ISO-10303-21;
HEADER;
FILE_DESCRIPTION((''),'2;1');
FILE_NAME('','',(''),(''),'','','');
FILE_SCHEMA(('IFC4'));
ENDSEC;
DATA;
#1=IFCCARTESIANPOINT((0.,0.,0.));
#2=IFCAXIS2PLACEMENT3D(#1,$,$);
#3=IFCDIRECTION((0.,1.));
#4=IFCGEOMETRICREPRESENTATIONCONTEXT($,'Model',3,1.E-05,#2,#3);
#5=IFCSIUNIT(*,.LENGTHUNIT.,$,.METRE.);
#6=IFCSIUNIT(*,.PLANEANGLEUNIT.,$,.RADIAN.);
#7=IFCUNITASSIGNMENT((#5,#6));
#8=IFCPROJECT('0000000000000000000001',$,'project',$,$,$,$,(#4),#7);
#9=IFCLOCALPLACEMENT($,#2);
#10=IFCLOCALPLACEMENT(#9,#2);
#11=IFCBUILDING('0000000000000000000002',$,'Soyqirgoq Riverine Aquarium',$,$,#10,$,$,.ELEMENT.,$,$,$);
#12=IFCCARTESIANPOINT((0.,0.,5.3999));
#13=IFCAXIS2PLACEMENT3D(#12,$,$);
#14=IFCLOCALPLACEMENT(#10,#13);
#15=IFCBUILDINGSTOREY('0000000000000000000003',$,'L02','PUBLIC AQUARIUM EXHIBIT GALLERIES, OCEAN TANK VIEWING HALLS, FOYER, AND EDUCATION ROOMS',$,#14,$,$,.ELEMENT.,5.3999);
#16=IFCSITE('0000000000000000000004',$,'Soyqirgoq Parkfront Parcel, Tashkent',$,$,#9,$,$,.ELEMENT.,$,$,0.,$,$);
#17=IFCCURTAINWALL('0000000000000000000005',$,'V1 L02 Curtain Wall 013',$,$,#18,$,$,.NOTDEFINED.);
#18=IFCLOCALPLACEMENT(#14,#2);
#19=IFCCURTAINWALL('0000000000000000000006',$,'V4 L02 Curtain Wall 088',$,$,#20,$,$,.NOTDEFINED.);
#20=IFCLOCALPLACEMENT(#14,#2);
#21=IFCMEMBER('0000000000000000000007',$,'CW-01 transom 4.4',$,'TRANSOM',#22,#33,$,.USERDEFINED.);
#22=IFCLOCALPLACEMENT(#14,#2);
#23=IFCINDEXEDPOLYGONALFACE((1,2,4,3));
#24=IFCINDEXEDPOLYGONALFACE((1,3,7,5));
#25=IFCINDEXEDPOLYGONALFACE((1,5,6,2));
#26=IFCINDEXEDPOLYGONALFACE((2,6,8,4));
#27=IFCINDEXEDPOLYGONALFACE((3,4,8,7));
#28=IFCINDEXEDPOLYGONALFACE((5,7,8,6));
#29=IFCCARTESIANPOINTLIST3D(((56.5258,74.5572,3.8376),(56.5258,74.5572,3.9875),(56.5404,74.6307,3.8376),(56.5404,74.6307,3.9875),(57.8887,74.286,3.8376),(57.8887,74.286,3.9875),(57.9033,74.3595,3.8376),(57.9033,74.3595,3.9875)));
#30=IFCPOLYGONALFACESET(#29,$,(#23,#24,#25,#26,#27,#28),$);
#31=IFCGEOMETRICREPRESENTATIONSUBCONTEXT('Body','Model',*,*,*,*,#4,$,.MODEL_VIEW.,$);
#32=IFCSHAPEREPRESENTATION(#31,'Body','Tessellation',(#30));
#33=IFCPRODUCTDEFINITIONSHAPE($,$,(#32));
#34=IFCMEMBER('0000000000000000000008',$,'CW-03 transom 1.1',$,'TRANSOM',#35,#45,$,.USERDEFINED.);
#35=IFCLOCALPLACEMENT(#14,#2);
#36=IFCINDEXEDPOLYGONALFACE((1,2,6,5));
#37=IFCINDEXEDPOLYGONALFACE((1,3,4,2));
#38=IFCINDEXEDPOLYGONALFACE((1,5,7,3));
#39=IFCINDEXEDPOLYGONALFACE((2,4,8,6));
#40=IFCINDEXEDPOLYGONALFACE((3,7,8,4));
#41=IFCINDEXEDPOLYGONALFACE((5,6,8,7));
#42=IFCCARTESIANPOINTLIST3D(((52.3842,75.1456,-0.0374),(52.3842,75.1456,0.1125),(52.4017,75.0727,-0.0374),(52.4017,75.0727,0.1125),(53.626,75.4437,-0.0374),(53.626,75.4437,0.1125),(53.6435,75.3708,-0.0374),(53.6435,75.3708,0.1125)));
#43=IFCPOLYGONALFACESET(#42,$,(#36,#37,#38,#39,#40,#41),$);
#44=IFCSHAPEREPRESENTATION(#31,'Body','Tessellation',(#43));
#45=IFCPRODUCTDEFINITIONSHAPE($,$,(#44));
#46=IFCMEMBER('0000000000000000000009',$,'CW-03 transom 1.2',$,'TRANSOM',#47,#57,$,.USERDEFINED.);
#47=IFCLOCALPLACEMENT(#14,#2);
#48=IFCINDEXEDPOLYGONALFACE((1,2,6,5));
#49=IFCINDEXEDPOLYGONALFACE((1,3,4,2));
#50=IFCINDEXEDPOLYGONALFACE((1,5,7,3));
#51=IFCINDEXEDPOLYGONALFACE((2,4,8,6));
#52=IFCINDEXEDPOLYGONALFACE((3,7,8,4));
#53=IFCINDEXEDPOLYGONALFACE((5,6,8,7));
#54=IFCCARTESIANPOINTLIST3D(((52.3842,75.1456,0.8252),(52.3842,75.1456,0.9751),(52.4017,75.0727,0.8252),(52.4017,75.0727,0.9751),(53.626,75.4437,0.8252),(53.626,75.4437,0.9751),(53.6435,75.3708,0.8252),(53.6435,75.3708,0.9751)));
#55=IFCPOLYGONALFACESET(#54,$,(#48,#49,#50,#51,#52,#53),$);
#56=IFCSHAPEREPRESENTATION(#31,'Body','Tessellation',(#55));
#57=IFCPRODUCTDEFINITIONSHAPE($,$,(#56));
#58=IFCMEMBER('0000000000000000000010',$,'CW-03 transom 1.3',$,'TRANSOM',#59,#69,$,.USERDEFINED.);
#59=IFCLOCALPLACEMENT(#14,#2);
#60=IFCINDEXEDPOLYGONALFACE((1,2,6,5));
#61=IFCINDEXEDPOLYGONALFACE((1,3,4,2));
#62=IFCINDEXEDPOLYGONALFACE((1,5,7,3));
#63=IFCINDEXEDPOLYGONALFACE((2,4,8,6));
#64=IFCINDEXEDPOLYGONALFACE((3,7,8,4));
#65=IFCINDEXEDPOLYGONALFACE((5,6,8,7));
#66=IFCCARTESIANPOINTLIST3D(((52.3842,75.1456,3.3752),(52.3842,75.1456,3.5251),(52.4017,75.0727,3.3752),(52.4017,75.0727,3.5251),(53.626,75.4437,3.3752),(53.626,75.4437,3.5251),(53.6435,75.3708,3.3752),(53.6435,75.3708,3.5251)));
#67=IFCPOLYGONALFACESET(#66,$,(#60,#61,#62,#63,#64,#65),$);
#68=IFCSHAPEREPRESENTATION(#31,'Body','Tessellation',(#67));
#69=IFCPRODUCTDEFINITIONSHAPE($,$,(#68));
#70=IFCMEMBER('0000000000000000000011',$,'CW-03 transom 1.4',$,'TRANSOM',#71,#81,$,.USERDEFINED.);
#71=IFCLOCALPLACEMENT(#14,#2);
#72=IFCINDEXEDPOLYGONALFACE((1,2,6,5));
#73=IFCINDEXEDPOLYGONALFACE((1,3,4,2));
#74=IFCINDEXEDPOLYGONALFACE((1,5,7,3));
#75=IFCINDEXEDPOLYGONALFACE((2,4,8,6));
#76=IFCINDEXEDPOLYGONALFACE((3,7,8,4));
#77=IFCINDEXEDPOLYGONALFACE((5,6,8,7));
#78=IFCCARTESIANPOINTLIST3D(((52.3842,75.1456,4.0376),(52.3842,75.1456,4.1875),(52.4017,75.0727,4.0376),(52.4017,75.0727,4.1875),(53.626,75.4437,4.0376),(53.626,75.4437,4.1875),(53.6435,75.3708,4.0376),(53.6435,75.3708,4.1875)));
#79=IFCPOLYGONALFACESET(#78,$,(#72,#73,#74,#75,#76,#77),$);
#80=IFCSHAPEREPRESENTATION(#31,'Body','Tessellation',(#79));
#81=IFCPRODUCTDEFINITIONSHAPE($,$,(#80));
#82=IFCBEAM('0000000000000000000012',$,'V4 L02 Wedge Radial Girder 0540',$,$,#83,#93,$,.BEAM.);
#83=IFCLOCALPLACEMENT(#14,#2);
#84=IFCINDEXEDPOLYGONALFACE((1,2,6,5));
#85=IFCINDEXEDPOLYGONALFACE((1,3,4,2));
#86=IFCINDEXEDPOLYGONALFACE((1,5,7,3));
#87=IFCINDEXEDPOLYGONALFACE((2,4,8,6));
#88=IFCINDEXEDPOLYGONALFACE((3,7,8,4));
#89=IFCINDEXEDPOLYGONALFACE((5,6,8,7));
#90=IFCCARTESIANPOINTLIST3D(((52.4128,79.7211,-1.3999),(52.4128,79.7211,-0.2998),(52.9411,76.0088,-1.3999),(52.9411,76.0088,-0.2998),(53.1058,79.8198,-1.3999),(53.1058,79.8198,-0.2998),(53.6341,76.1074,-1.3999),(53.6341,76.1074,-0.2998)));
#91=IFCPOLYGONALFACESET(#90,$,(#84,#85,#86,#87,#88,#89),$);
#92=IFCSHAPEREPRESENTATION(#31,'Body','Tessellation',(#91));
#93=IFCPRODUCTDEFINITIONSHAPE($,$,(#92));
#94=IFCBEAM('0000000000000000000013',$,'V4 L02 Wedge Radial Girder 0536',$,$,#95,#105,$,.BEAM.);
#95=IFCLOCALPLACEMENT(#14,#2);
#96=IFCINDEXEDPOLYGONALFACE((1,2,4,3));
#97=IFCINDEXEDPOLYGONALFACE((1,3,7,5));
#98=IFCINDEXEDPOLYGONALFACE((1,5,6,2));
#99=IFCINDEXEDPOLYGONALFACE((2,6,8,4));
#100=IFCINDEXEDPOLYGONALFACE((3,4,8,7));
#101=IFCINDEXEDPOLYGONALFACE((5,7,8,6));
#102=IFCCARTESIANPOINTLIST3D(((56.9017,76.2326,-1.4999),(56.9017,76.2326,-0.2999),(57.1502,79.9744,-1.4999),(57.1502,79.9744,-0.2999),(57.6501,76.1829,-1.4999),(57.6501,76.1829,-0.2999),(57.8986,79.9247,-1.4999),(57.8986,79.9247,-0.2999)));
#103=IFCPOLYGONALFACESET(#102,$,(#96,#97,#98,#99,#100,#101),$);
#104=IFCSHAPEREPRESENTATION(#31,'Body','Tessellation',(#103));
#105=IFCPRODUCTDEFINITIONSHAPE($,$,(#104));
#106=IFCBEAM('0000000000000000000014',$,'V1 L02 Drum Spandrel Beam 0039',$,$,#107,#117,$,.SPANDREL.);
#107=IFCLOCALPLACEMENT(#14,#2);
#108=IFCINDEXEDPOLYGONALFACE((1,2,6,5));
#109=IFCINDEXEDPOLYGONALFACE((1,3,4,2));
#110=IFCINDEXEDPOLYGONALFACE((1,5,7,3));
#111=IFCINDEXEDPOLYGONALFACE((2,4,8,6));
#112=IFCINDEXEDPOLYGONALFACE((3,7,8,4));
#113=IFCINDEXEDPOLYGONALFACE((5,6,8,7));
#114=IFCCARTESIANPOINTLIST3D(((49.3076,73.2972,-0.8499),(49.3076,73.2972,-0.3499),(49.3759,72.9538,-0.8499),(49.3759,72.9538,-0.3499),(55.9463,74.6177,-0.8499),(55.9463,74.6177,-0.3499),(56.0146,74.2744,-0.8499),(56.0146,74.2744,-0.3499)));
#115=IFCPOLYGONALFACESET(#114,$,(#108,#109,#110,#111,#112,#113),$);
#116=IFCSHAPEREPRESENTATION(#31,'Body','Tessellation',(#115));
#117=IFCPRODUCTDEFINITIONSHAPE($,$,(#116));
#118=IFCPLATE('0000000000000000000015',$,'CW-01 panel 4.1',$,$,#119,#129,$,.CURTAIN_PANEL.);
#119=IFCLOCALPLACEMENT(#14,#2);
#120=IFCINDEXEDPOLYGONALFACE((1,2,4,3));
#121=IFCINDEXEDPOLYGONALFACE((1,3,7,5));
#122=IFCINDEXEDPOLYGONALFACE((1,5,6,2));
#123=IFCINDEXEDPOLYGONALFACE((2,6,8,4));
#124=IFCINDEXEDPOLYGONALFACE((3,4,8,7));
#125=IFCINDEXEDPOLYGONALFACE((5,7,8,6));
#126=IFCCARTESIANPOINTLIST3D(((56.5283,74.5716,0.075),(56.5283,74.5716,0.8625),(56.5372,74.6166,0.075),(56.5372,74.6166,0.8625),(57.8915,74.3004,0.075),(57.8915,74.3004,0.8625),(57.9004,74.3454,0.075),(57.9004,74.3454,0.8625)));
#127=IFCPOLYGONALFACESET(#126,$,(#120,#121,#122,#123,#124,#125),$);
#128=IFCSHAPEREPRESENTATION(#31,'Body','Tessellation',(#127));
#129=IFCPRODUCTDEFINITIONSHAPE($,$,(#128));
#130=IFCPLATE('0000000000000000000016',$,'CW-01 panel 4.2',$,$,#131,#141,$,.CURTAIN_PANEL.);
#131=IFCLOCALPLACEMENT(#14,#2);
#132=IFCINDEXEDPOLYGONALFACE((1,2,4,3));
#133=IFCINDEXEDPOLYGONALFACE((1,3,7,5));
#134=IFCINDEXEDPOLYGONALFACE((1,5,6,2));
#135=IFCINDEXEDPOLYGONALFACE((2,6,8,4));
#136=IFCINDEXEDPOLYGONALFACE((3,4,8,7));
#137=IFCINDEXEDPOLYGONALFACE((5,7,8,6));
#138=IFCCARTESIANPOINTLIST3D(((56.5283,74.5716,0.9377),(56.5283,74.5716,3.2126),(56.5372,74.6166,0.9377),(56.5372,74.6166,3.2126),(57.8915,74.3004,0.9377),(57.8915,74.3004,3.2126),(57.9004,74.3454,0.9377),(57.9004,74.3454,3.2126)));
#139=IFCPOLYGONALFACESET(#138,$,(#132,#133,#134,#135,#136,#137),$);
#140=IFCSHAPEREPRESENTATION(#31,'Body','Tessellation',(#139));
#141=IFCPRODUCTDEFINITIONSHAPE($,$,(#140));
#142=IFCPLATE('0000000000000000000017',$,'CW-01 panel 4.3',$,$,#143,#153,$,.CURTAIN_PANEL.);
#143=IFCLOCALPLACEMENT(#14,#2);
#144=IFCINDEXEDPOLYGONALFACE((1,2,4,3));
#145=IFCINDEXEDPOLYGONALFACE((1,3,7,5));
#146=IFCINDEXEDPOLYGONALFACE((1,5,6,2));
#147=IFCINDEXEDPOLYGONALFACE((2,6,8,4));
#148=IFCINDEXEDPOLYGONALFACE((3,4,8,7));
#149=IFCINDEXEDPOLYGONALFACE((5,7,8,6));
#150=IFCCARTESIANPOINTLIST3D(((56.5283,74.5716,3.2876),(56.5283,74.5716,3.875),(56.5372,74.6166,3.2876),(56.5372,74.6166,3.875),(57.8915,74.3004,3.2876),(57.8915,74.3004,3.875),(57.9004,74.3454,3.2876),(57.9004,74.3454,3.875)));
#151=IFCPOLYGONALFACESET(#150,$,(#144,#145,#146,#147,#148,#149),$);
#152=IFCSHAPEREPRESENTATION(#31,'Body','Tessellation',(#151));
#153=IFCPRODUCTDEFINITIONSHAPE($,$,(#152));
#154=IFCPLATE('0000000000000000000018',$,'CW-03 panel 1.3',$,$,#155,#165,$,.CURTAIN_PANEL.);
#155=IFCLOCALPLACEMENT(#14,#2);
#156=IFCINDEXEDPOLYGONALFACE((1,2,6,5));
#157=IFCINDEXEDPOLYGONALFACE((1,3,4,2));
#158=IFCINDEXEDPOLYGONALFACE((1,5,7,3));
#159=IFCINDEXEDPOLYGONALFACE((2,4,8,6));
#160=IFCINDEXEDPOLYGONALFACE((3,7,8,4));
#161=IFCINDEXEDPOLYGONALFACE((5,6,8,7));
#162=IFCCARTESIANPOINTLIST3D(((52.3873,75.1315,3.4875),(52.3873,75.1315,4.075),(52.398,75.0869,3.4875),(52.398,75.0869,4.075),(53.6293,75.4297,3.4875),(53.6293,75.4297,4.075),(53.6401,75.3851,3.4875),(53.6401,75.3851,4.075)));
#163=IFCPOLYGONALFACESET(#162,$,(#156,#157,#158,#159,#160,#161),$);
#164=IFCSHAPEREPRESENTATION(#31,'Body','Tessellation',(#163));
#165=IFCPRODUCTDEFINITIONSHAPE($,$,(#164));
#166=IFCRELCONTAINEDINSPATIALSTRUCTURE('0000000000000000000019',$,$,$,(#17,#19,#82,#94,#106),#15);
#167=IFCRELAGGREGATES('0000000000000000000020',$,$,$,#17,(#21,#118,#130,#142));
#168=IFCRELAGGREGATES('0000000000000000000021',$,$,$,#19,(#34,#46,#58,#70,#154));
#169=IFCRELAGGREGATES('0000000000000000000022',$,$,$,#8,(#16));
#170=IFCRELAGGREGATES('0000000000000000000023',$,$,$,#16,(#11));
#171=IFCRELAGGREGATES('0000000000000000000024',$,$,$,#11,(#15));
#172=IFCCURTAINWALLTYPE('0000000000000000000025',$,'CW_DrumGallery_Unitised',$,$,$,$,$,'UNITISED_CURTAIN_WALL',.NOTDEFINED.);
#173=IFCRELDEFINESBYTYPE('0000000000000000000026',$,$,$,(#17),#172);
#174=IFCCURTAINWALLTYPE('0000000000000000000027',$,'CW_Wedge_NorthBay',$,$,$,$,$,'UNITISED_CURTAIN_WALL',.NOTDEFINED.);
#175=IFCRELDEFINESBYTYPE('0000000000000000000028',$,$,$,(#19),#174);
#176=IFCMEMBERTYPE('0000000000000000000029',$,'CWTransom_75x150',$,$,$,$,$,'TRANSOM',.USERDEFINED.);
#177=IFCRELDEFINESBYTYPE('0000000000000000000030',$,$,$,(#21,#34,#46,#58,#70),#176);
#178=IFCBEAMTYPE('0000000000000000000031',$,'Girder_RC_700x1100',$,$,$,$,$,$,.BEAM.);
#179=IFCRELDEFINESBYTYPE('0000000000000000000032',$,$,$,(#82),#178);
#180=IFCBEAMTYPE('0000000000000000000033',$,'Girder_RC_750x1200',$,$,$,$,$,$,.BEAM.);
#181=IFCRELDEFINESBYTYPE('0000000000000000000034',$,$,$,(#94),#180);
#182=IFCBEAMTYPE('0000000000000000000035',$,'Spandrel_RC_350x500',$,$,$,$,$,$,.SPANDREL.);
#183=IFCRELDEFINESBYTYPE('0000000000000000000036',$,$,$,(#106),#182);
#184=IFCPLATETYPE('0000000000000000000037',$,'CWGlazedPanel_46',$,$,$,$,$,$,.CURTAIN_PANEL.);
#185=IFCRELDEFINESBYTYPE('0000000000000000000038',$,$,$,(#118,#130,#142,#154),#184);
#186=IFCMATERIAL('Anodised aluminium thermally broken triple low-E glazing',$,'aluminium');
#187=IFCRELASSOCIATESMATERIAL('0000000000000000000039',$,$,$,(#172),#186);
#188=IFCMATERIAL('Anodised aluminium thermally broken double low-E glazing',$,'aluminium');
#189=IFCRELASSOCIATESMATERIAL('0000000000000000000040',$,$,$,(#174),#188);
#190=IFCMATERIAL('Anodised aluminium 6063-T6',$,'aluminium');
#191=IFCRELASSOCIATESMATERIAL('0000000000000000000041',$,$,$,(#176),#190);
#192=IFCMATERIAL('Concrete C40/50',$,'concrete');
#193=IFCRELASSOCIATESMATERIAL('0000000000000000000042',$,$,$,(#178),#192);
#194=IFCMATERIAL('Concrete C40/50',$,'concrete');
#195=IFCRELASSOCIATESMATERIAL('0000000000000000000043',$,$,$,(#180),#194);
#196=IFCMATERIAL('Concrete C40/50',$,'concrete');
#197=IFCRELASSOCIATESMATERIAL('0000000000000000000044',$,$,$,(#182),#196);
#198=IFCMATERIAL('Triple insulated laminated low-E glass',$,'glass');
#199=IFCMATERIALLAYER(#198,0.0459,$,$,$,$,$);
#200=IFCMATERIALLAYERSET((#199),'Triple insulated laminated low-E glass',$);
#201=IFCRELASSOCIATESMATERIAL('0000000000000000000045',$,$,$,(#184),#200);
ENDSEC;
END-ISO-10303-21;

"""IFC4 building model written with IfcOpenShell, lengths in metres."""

from ifc_helpers import new_model, si_unit, direction, frame, origin, origin_2d, place, context, subcontext, project, spatial, rectangle, extrude, material, layer, layer_set, material_profile, profile_set, type_object, element, aggregate, save


model = new_model("IFC4")

# Units and contexts
model_context = context("Model", 3, precision=1e-05, world=origin(), true_north=direction((0.0, 1.0)))
body_context = subcontext(model_context, "Body", "Model", "MODEL_VIEW")
ifc_project = project(units=[si_unit("LENGTHUNIT", "METRE"), si_unit("PLANEANGLEUNIT", "RADIAN")], contexts=[model_context])

# Site, building, storey
site_placement = place(None, origin())
site = spatial("IfcSite", under=ifc_project, at=site_placement, Name="Soyqirgoq Parkfront Parcel, Tashkent", CompositionType="ELEMENT", RefElevation=0.0)
building_placement = place(site_placement, origin())
building = spatial("IfcBuilding", under=site, at=building_placement, Name="Soyqirgoq Riverine Aquarium", CompositionType="ELEMENT")
storey_placement = place(building_placement, frame((0.0, 0.0, 5.3999)))
storey = spatial("IfcBuildingStorey", under=building, at=storey_placement, Name="L02", Description="PUBLIC AQUARIUM EXHIBIT GALLERIES, OCEAN TANK VIEWING HALLS, FOYER, AND EDUCATION ROOMS", CompositionType="ELEMENT", Elevation=5.3999)

# Curtain walls
ifc_material_1 = material(Name="Anodised aluminium thermally broken triple low-E glazing", Category="aluminium")
curtain_wall_type_1 = type_object("IfcCurtainWallType", Name="CW_DrumGallery_Unitised", ElementType="UNITISED_CURTAIN_WALL", PredefinedType="NOTDEFINED", material=ifc_material_1)
curtain_wall_1_placement = place(storey_placement, origin())
curtain_wall_1 = element("IfcCurtainWall", 1, at=curtain_wall_1_placement, inside=storey, type_object=curtain_wall_type_1, Name="V1 L02 Curtain Wall 013", PredefinedType="NOTDEFINED")
ifc_material_2 = material(Name="Anodised aluminium thermally broken double low-E glazing", Category="aluminium")
curtain_wall_type_2 = type_object("IfcCurtainWallType", Name="CW_Wedge_NorthBay", ElementType="UNITISED_CURTAIN_WALL", PredefinedType="NOTDEFINED", material=ifc_material_2)
curtain_wall_2_placement = place(storey_placement, origin())
curtain_wall_2 = element("IfcCurtainWall", 2, at=curtain_wall_2_placement, inside=storey, type_object=curtain_wall_type_2, Name="V4 L02 Curtain Wall 088", PredefinedType="NOTDEFINED")

# Members
ifc_material_3 = material(Name="Anodised aluminium 6063-T6", Category="aluminium")
ifc_material_profile_1 = material_profile(ifc_material_3, rectangle(XDim=0.075, YDim=0.1499, at=origin_2d()), Name="ALU-T 75x150")
ifc_profile_set_1 = profile_set([ifc_material_profile_1], Name="Anodised aluminium 6063-T6")
member_type_1 = type_object("IfcMemberType", Name="CWTransom_75x150", ElementType="TRANSOM", PredefinedType="USERDEFINED", material=ifc_profile_set_1)
member_1_placement = place(storey_placement, frame((57.896, 74.3228, 3.9126), z_axis=(-0.980769, 0.19517, 0.0), x_axis=(-0.19517, -0.980769, 0.0)))
member_1 = element("IfcMember", 3, at=member_1_placement, type_object=member_type_1, Name="CW-01 transom 4.4", ObjectType="TRANSOM", PredefinedType="USERDEFINED", context=body_context, shape_type="SweptSolid", body=[
    extrude(rectangle(XDim=0.075, YDim=0.1499, at=origin_2d()), origin(), (0.0, 0.0, 1.0), 1.3896),
])
member_2_placement = place(storey_placement, frame((53.6348, 75.4072, 0.0376), z_axis=(-0.972382, -0.233395, 0.0), x_axis=(0.233395, -0.972382, 0.0)))
member_2 = element("IfcMember", 4, at=member_2_placement, type_object=member_type_1, Name="CW-03 transom 1.1", ObjectType="TRANSOM", PredefinedType="USERDEFINED", context=body_context, shape_type="SweptSolid", body=[
    extrude(rectangle(XDim=0.075, YDim=0.1499, at=origin_2d()), origin(), (0.0, 0.0, 1.0), 1.2771),
])
member_3_placement = place(storey_placement, frame((53.6348, 75.4072, 0.9001), z_axis=(-0.972382, -0.233395, 0.0), x_axis=(0.233395, -0.972382, 0.0)))
member_3 = element("IfcMember", 5, at=member_3_placement, type_object=member_type_1, Name="CW-03 transom 1.2", ObjectType="TRANSOM", PredefinedType="USERDEFINED", context=body_context, shape_type="SweptSolid", body=[
    extrude(rectangle(XDim=0.075, YDim=0.1499, at=origin_2d()), origin(), (0.0, 0.0, 1.0), 1.2771),
])
member_4_placement = place(storey_placement, frame((53.6348, 75.4072, 3.4502), z_axis=(-0.972382, -0.233395, 0.0), x_axis=(0.233395, -0.972382, 0.0)))
member_4 = element("IfcMember", 6, at=member_4_placement, type_object=member_type_1, Name="CW-03 transom 1.3", ObjectType="TRANSOM", PredefinedType="USERDEFINED", context=body_context, shape_type="SweptSolid", body=[
    extrude(rectangle(XDim=0.075, YDim=0.1499, at=origin_2d()), origin(), (0.0, 0.0, 1.0), 1.2771),
])
member_5_placement = place(storey_placement, frame((53.6348, 75.4072, 4.1125), z_axis=(-0.972382, -0.233395, 0.0), x_axis=(0.233395, -0.972382, 0.0)))
member_5 = element("IfcMember", 7, at=member_5_placement, type_object=member_type_1, Name="CW-03 transom 1.4", ObjectType="TRANSOM", PredefinedType="USERDEFINED", context=body_context, shape_type="SweptSolid", body=[
    extrude(rectangle(XDim=0.075, YDim=0.1499, at=origin_2d()), origin(), (0.0, 0.0, 1.0), 1.2771),
])

# Beams
ifc_material_4 = material(Name="Concrete C40/50", Category="concrete")
ifc_material_profile_2 = material_profile(ifc_material_4, rectangle(XDim=0.7, YDim=1.1001, at=origin_2d()), Name="RC 700x1100")
ifc_profile_set_2 = profile_set([ifc_material_profile_2], Name="Concrete C40/50")
beam_type_1 = type_object("IfcBeamType", Name="Girder_RC_700x1100", PredefinedType="BEAM", material=ifc_profile_set_2)
beam_1_placement = place(storey_placement, frame((53.2876, 76.0581, -0.8499), z_axis=(-0.140893, 0.990025, 0.0), x_axis=(-0.990025, -0.140893, 0.0)))
element("IfcBeam", 8, at=beam_1_placement, inside=storey, type_object=beam_type_1, Name="V4 L02 Wedge Radial Girder 0540", PredefinedType="BEAM", context=body_context, shape_type="SweptSolid", body=[
    extrude(rectangle(XDim=0.7, YDim=1.1001, at=origin_2d()), origin(), (0.0, 0.0, 1.0), 3.7498),
])
ifc_material_5 = material(Name="Concrete C40/50", Category="concrete")
ifc_material_profile_3 = material_profile(ifc_material_5, rectangle(XDim=0.75, YDim=1.2, at=origin_2d()), Name="RC 750x1200")
ifc_profile_set_3 = profile_set([ifc_material_profile_3], Name="Concrete C40/50")
beam_type_2 = type_object("IfcBeamType", Name="Girder_RC_750x1200", PredefinedType="BEAM", material=ifc_profile_set_3)
beam_2_placement = place(storey_placement, frame((57.2759, 76.2078, -0.8999), z_axis=(0.066277, 0.997801, 0.0), x_axis=(-0.997801, 0.066277, 0.0)))
element("IfcBeam", 9, at=beam_2_placement, inside=storey, type_object=beam_type_2, Name="V4 L02 Wedge Radial Girder 0536", PredefinedType="BEAM", context=body_context, shape_type="SweptSolid", body=[
    extrude(rectangle(XDim=0.75, YDim=1.2, at=origin_2d()), origin(), (0.0, 0.0, 1.0), 3.75),
])
ifc_material_6 = material(Name="Concrete C40/50", Category="concrete")
ifc_material_profile_4 = material_profile(ifc_material_6, rectangle(XDim=0.3501, YDim=0.5, at=origin_2d()), Name="RC 350x500")
ifc_profile_set_4 = profile_set([ifc_material_profile_4], Name="Concrete C40/50")
beam_type_3 = type_object("IfcBeamType", Name="Spandrel_RC_350x500", PredefinedType="SPANDREL", material=ifc_profile_set_4)
beam_3_placement = place(storey_placement, frame((55.9805, 74.446, -0.5999), z_axis=(-0.980784, -0.195096, 0.0), x_axis=(0.195096, -0.980784, 0.0)))
element("IfcBeam", 10, at=beam_3_placement, inside=storey, type_object=beam_type_3, Name="V1 L02 Drum Spandrel Beam 0039", PredefinedType="SPANDREL", context=body_context, shape_type="SweptSolid", body=[
    extrude(rectangle(XDim=0.3501, YDim=0.5, at=origin_2d()), origin(), (0.0, 0.0, 1.0), 6.7688),
])

# Plates
ifc_material_7 = material(Name="Triple insulated laminated low-E glass", Category="glass")
ifc_layer_1 = layer(ifc_material_7, 0.0459)
ifc_layer_set_1 = layer_set([ifc_layer_1], Name="Triple insulated laminated low-E glass")
plate_type = type_object("IfcPlateType", Name="CWGlazedPanel_46", PredefinedType="CURTAIN_PANEL", material=ifc_layer_set_1)
plate_1_placement = place(storey_placement, frame((57.2144, 74.4585, 0.075), z_axis=(0.0, 0.0, 1.0), x_axis=(-0.980786, 0.195088, 0.0)))
plate_1 = element("IfcPlate", 11, at=plate_1_placement, type_object=plate_type, Name="CW-01 panel 4.1", PredefinedType="CURTAIN_PANEL", context=body_context, shape_type="SweptSolid", body=[
    extrude(rectangle(XDim=1.3899, YDim=0.0459, at=origin_2d()), origin(), (0.0, 0.0, 1.0), 0.7876),
])
plate_2_placement = place(storey_placement, frame((57.2144, 74.4585, 0.9377), z_axis=(0.0, 0.0, 1.0), x_axis=(-0.980786, 0.195088, 0.0)))
plate_2 = element("IfcPlate", 12, at=plate_2_placement, type_object=plate_type, Name="CW-01 panel 4.2", PredefinedType="CURTAIN_PANEL", context=body_context, shape_type="SweptSolid", body=[
    extrude(rectangle(XDim=1.3899, YDim=0.0459, at=origin_2d()), origin(), (0.0, 0.0, 1.0), 2.2749),
])
plate_3_placement = place(storey_placement, frame((57.2144, 74.4585, 3.2876), z_axis=(0.0, 0.0, 1.0), x_axis=(-0.980786, 0.195088, 0.0)))
plate_3 = element("IfcPlate", 13, at=plate_3_placement, type_object=plate_type, Name="CW-01 panel 4.3", PredefinedType="CURTAIN_PANEL", context=body_context, shape_type="SweptSolid", body=[
    extrude(rectangle(XDim=1.3899, YDim=0.0459, at=origin_2d()), origin(), (0.0, 0.0, 1.0), 0.5874),
])
aggregate(curtain_wall_1, [member_1, plate_1, plate_2, plate_3])
plate_4_placement = place(storey_placement, frame((53.0137, 75.2583, 3.4875), z_axis=(0.0, 0.0, 1.0), x_axis=(-0.972371, -0.233443, 0.0)))
plate_4 = element("IfcPlate", 14, at=plate_4_placement, type_object=plate_type, Name="CW-03 panel 1.3", PredefinedType="CURTAIN_PANEL", context=body_context, shape_type="SweptSolid", body=[
    extrude(rectangle(XDim=1.2773, YDim=0.0459, at=origin_2d()), origin(), (0.0, 0.0, 1.0), 0.5874),
])
aggregate(curtain_wall_2, [member_2, member_3, member_4, member_5, plate_4])

save(model, "model.ifc")
